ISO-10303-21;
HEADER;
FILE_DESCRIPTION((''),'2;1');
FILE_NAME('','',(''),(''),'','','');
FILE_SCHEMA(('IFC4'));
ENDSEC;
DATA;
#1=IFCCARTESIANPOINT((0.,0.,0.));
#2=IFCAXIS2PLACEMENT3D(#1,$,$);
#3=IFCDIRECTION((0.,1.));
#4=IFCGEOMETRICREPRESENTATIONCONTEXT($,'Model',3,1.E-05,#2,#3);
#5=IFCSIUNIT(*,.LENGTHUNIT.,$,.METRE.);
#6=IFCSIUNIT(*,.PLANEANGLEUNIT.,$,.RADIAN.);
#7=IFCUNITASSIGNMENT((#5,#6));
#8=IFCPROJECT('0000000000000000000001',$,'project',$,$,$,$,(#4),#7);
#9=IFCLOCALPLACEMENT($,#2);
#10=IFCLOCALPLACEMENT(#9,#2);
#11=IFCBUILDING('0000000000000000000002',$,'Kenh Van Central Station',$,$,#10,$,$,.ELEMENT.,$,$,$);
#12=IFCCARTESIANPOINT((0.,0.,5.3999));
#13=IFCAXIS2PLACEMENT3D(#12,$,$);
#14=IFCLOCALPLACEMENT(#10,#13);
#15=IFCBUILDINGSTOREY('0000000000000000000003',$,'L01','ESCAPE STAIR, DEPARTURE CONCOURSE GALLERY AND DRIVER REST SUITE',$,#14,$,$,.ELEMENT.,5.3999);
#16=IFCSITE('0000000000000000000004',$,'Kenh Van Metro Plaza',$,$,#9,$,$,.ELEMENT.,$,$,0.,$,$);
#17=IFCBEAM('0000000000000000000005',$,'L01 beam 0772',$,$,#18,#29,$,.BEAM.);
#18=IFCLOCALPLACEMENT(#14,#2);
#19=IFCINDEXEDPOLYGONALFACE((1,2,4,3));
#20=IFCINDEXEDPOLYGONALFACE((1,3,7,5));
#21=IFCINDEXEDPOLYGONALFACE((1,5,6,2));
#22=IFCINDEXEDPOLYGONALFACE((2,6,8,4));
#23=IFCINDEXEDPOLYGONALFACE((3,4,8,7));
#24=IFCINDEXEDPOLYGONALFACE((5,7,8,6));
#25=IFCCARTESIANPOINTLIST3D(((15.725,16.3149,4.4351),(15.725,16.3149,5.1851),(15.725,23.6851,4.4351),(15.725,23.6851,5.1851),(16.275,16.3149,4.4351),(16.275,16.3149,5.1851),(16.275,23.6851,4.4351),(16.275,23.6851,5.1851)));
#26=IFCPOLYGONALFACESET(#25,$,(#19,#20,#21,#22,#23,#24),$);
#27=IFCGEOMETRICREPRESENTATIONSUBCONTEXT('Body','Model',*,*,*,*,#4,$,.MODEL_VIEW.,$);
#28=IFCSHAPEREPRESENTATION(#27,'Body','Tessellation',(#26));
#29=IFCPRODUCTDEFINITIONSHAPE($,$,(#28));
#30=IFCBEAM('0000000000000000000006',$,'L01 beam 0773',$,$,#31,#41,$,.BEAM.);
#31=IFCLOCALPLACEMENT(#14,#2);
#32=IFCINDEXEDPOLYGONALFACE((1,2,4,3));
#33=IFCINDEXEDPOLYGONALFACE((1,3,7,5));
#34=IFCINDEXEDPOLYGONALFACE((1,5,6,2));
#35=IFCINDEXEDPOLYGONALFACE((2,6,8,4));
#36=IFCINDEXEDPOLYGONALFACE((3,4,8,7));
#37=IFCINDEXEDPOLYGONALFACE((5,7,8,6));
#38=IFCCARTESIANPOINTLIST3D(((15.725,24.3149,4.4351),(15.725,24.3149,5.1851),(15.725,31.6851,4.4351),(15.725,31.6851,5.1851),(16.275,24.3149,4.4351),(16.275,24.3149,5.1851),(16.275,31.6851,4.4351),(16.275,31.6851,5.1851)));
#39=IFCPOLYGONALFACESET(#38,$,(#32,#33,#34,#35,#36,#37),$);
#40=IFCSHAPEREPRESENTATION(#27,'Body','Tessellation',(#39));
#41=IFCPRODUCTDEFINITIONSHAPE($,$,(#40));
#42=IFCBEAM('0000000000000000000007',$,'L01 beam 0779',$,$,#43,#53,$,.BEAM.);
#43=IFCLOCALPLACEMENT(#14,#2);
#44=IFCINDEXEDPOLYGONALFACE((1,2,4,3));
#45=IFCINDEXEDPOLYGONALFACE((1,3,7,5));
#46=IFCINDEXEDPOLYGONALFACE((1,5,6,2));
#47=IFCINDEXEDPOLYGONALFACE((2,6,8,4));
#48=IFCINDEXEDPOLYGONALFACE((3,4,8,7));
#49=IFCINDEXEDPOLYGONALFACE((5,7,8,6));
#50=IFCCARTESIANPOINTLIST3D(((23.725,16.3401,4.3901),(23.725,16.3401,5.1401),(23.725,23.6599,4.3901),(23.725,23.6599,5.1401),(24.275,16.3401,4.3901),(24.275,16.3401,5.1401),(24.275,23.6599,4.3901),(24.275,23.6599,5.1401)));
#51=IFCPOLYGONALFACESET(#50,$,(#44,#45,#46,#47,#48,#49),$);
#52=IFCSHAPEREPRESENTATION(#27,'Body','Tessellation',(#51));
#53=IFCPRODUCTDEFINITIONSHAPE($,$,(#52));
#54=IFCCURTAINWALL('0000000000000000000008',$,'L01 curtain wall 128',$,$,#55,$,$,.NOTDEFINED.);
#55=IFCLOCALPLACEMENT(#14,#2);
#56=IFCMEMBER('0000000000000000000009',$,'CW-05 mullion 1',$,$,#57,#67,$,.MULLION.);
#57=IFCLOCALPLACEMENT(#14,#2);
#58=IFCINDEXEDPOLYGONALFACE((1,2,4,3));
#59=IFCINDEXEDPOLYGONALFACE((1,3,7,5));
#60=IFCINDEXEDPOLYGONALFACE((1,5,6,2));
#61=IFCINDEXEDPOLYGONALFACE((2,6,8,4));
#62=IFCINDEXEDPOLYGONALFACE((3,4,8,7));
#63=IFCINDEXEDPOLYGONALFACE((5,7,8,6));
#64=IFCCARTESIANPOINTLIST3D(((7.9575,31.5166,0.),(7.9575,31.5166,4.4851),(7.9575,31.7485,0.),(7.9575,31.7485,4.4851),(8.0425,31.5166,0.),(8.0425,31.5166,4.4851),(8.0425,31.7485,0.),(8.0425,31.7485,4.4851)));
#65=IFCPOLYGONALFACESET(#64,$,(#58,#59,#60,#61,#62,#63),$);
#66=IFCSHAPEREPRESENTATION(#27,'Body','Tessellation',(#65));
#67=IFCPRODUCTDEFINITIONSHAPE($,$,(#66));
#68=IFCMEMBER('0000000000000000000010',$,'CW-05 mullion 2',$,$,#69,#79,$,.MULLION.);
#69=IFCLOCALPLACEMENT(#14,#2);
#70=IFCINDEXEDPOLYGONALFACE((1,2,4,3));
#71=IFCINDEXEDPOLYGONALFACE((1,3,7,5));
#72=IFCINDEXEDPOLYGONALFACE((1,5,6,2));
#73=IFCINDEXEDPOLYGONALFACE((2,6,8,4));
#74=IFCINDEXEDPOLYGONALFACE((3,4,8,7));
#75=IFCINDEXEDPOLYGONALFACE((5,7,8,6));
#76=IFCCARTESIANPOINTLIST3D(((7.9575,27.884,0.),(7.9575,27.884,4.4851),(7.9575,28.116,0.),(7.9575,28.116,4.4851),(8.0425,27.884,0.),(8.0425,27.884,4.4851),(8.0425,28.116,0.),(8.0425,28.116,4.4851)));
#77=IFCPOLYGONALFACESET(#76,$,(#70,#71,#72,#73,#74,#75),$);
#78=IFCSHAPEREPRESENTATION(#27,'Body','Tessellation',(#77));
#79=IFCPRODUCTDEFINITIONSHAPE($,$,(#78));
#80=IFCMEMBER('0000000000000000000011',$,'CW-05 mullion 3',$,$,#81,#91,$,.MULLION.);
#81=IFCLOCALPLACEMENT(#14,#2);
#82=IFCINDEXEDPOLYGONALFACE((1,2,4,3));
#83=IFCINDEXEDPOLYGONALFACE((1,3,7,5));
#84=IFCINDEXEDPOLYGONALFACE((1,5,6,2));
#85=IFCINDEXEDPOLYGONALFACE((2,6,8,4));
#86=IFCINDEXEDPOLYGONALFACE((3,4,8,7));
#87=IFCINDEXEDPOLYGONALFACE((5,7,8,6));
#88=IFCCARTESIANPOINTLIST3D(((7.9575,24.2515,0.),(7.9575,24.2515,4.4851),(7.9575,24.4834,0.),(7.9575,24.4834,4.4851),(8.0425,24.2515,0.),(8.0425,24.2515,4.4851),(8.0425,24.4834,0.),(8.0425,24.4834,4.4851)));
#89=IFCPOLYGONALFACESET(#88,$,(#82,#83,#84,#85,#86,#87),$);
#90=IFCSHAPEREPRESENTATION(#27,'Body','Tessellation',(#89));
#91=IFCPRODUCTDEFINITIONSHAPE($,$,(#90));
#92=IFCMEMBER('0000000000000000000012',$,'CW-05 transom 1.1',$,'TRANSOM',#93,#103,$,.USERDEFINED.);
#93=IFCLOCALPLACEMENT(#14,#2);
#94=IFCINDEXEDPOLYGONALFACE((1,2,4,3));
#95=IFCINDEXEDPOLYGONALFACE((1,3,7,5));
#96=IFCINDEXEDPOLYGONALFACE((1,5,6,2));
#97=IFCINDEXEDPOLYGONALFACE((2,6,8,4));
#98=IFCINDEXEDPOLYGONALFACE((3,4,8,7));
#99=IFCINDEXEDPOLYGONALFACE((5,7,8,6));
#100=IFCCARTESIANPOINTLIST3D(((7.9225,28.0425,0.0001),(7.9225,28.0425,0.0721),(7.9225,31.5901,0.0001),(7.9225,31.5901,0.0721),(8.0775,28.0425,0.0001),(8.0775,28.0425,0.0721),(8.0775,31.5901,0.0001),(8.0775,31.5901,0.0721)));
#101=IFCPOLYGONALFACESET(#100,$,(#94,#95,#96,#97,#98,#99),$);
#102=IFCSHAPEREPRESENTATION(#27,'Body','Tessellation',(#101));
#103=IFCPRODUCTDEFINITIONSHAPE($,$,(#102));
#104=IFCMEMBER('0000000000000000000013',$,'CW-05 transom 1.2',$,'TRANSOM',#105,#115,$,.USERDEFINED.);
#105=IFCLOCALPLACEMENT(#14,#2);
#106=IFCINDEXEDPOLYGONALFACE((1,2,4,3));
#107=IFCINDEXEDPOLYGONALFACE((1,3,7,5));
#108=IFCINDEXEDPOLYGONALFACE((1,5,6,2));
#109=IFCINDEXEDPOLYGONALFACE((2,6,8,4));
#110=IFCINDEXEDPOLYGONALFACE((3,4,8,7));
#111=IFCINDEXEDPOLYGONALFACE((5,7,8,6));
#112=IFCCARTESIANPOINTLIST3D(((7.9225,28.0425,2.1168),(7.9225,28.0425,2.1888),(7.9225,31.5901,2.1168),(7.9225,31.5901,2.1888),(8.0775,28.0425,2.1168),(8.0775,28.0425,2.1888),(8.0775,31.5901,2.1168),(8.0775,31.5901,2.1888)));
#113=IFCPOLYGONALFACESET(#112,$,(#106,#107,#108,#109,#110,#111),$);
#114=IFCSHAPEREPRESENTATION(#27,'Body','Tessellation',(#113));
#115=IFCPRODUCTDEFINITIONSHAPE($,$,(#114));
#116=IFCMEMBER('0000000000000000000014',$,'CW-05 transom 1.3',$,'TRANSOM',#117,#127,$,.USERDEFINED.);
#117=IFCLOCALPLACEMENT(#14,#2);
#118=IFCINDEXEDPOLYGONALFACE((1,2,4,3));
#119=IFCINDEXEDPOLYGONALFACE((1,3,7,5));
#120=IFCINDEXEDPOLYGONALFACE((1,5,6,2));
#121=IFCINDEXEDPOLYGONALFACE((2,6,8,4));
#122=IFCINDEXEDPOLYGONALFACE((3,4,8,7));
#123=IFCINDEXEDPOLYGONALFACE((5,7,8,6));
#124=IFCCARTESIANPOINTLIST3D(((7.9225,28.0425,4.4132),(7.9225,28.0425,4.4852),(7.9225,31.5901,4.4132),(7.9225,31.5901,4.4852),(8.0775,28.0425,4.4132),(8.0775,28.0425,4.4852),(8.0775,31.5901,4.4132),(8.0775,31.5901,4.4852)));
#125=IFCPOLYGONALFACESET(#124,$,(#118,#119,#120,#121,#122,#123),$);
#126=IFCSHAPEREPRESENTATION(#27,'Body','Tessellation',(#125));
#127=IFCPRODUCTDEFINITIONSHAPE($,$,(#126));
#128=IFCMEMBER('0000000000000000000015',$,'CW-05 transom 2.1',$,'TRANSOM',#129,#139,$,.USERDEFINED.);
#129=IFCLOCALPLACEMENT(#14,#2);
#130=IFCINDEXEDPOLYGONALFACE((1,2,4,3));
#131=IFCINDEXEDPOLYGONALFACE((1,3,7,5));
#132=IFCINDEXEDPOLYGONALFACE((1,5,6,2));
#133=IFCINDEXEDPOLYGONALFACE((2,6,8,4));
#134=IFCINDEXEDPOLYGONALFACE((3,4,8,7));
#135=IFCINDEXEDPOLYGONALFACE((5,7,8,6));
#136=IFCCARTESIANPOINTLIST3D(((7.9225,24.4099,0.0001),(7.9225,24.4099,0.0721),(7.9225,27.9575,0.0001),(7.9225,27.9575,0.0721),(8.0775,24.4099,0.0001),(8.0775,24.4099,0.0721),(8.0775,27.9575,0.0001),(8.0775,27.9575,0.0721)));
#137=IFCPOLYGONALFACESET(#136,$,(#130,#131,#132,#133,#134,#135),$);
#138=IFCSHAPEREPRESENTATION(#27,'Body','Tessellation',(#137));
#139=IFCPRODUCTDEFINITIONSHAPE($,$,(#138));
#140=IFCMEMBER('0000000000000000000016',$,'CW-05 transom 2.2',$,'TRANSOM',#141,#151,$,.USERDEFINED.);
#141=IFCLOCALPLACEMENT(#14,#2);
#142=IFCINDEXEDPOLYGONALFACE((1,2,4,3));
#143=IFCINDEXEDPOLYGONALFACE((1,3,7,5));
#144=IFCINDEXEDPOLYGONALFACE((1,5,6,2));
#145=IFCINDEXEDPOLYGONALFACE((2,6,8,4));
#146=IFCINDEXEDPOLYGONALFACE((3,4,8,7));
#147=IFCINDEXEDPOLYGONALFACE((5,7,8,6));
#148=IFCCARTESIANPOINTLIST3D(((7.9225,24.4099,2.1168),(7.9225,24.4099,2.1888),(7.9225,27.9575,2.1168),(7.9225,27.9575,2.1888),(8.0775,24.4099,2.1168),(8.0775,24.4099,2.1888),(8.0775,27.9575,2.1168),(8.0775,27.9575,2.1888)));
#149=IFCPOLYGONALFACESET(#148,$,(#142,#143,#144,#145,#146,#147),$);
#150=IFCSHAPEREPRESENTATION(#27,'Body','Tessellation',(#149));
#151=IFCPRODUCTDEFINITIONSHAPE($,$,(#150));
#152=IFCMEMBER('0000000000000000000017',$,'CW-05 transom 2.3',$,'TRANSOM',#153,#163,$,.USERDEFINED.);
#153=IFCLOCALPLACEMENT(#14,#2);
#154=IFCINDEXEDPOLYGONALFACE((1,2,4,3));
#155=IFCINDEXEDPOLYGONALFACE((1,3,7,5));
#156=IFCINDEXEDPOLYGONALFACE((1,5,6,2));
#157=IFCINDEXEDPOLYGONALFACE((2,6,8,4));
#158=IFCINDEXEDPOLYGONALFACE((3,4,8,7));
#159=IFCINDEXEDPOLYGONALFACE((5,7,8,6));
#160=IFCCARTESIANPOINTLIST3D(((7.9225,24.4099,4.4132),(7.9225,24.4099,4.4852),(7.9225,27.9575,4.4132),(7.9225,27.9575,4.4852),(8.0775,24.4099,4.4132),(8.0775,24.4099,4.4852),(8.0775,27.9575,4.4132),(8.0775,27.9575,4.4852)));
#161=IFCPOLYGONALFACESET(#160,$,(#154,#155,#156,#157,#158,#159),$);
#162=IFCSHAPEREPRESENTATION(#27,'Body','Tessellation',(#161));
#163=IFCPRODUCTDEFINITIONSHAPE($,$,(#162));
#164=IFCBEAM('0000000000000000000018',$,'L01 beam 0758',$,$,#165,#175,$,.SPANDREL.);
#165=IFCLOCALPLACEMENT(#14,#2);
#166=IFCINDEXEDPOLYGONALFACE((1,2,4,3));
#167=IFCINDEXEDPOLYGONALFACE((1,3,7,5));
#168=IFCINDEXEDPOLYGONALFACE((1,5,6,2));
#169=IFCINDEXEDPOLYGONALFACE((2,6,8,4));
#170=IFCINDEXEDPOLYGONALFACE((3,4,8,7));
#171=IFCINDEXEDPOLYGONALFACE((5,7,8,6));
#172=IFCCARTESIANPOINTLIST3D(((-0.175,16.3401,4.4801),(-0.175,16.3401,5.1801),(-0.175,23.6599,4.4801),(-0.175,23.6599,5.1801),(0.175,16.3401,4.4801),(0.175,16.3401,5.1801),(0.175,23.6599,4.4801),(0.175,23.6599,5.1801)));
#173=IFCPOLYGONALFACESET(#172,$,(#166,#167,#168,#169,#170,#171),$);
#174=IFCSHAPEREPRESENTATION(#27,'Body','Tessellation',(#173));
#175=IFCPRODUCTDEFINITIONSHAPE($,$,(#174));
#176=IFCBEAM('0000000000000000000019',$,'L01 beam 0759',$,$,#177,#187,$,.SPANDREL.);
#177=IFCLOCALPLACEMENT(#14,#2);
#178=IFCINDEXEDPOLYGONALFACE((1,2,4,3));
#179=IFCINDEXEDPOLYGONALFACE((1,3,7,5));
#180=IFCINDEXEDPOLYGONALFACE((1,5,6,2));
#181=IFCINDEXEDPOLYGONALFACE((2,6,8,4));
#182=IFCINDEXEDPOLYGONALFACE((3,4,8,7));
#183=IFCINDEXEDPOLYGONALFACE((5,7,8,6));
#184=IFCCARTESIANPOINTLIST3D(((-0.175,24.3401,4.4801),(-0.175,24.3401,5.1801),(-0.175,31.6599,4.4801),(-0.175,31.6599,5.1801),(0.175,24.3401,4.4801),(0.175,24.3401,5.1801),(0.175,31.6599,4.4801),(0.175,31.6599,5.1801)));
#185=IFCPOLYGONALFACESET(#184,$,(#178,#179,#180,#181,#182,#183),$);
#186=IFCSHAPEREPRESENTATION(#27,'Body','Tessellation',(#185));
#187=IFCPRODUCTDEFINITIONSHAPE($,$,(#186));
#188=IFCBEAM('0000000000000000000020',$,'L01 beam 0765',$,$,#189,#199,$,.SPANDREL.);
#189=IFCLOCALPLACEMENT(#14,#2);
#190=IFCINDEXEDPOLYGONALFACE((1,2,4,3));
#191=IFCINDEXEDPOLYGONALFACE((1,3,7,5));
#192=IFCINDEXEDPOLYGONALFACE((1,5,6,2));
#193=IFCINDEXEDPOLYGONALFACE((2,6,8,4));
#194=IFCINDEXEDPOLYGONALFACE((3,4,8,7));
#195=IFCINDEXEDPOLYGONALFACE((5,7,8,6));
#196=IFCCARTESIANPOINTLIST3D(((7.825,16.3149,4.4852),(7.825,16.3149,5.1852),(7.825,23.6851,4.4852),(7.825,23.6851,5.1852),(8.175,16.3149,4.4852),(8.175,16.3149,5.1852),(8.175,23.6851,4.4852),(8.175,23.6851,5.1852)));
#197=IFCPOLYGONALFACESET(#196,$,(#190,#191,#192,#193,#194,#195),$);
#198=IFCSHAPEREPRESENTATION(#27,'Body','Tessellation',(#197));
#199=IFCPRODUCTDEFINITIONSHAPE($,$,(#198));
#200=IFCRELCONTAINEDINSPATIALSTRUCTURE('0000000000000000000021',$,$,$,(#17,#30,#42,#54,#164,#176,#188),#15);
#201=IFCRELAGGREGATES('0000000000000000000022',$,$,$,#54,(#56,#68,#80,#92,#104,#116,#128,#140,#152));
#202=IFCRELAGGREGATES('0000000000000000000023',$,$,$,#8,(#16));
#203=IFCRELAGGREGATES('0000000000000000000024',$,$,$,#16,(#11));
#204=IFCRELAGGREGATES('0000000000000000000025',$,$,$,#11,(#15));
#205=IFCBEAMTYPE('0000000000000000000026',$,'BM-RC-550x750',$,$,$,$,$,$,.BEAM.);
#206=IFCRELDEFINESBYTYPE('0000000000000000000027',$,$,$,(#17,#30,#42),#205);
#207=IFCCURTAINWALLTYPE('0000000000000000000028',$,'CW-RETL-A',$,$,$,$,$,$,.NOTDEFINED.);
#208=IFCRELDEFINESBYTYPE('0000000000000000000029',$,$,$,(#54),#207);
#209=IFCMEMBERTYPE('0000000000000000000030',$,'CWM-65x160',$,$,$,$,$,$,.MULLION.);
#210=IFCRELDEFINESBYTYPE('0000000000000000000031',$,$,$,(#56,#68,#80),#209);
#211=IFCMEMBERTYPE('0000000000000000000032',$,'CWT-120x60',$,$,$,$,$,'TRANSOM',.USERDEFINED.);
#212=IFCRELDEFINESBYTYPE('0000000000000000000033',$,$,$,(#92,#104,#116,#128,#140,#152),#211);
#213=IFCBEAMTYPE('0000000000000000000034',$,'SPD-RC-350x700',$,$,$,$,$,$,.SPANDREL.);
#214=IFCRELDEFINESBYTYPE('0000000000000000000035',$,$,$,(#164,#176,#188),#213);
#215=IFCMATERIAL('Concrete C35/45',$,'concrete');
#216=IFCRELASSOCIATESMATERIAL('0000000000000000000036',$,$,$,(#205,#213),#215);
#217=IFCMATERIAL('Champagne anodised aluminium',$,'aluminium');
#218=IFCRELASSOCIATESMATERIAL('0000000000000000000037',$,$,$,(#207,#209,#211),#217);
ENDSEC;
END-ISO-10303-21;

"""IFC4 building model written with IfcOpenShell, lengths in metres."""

from ifc_helpers import new_model, si_unit, direction, frame, origin, origin_2d, place, context, subcontext, project, spatial, rectangle, extrude, material, material_profile, profile_set, type_object, element, aggregate, save


model = new_model("IFC4")

# Units and contexts
model_context = context("Model", 3, precision=1e-05, world=origin(), true_north=direction((0.0, 1.0)))
body_context = subcontext(model_context, "Body", "Model", "MODEL_VIEW")
ifc_project = project(units=[si_unit("LENGTHUNIT", "METRE"), si_unit("PLANEANGLEUNIT", "RADIAN")], contexts=[model_context])

# Site, building, storey
site_placement = place(None, origin())
site = spatial("IfcSite", under=ifc_project, at=site_placement, Name="Kenh Van Metro Plaza", CompositionType="ELEMENT", RefElevation=0.0)
building_placement = place(site_placement, origin())
building = spatial("IfcBuilding", under=site, at=building_placement, Name="Kenh Van Central Station", CompositionType="ELEMENT")
storey_placement = place(building_placement, frame((0.0, 0.0, 5.3999)))
storey = spatial("IfcBuildingStorey", under=building, at=storey_placement, Name="L01", Description="ESCAPE STAIR, DEPARTURE CONCOURSE GALLERY AND DRIVER REST SUITE", CompositionType="ELEMENT", Elevation=5.3999)

# Shared definitions
ifc_material_1 = material(Name="Concrete C35/45", Category="concrete")

# Beams
ifc_material_profile_1 = material_profile(ifc_material_1, rectangle(XDim=0.55, YDim=0.75, at=origin_2d()), Name="RC 550x750")
ifc_profile_set_1 = profile_set([ifc_material_profile_1], Name="Concrete C35/45")
beam_type_1 = type_object("IfcBeamType", Name="BM-RC-550x750", PredefinedType="BEAM", material=ifc_profile_set_1)
for number, where, z_axis, x_axis, name in (
    (1, (16.0, 16.3149, 4.8101), (0.0, 1.0, 0.0), (-1.0, 0.0, 0.0), "L01 beam 0772"),
    (2, (16.0, 24.3149, 4.8101), (0.0, 1.0, 0.0), (-1.0, 0.0, 0.0), "L01 beam 0773"),
):
    element("IfcBeam", number, at=place(storey_placement, frame(where, z_axis=z_axis, x_axis=x_axis)), inside=storey, type_object=beam_type_1, Name=name, PredefinedType="BEAM", context=body_context, shape_type="SweptSolid", body=[
        extrude(rectangle(XDim=0.55, YDim=0.75, at=origin_2d()), origin(), (0.0, 0.0, 1.0), 7.3701),
    ])
beam_1_placement = place(storey_placement, frame((24.0, 16.3401, 4.7651), z_axis=(0.0, 1.0, 0.0), x_axis=(-1.0, 0.0, 0.0)))
element("IfcBeam", 3, at=beam_1_placement, inside=storey, type_object=beam_type_1, Name="L01 beam 0779", PredefinedType="BEAM", context=body_context, shape_type="SweptSolid", body=[
    extrude(rectangle(XDim=0.55, YDim=0.75, at=origin_2d()), origin(), (0.0, 0.0, 1.0), 7.3198),
])

# Curtain wall, members
ifc_material_2 = material(Name="Champagne anodised aluminium", Category="aluminium")
curtain_wall_type = type_object("IfcCurtainWallType", Name="CW-RETL-A", PredefinedType="NOTDEFINED", material=ifc_material_2)
curtain_wall_placement = place(storey_placement, origin())
curtain_wall = element("IfcCurtainWall", 4, at=curtain_wall_placement, inside=storey, type_object=curtain_wall_type, Name="L01 curtain wall 128", PredefinedType="NOTDEFINED")
ifc_material_profile_2 = material_profile(ifc_material_2, rectangle(XDim=0.085, YDim=0.2319, at=origin_2d()), Name="AL 85x232")
ifc_profile_set_2 = profile_set([ifc_material_profile_2], Name="Champagne anodised aluminium")
member_type_1 = type_object("IfcMemberType", Name="CWM-65x160", PredefinedType="MULLION", material=ifc_profile_set_2)
member_1_placement = place(storey_placement, frame((8.0, 31.6326, 0.0), z_axis=(0.0, 0.0, 1.0), x_axis=(1.0, 0.0, 0.0)))
member_1 = element("IfcMember", 5, at=member_1_placement, type_object=member_type_1, Name="CW-05 mullion 1", PredefinedType="MULLION", context=body_context, shape_type="SweptSolid", body=[
    extrude(rectangle(XDim=0.085, YDim=0.2319, at=origin_2d()), origin(), (0.0, 0.0, 1.0), 4.4851),
])
member_2_placement = place(storey_placement, frame((8.0, 28.0, 0.0), z_axis=(0.0, 0.0, 1.0), x_axis=(1.0, 0.0, 0.0)))
member_2 = element("IfcMember", 6, at=member_2_placement, type_object=member_type_1, Name="CW-05 mullion 2", PredefinedType="MULLION", context=body_context, shape_type="SweptSolid", body=[
    extrude(rectangle(XDim=0.085, YDim=0.2319, at=origin_2d()), origin(), (0.0, 0.0, 1.0), 4.4851),
])
member_3_placement = place(storey_placement, frame((8.0, 24.3674, 0.0), z_axis=(0.0, 0.0, 1.0), x_axis=(1.0, 0.0, 0.0)))
member_3 = element("IfcMember", 7, at=member_3_placement, type_object=member_type_1, Name="CW-05 mullion 3", PredefinedType="MULLION", context=body_context, shape_type="SweptSolid", body=[
    extrude(rectangle(XDim=0.085, YDim=0.2319, at=origin_2d()), origin(), (0.0, 0.0, 1.0), 4.4851),
])
ifc_material_profile_3 = material_profile(ifc_material_2, rectangle(XDim=0.155, YDim=0.072, at=origin_2d()), Name="AL 155x72")
ifc_profile_set_3 = profile_set([ifc_material_profile_3], Name="Champagne anodised aluminium")
member_type_2 = type_object("IfcMemberType", Name="CWT-120x60", ElementType="TRANSOM", PredefinedType="USERDEFINED", material=ifc_profile_set_3)
member_4_placement = place(storey_placement, frame((8.0, 31.5901, 0.0361), z_axis=(0.0, -1.0, 0.0), x_axis=(1.0, 0.0, 0.0)))
member_4 = element("IfcMember", 8, at=member_4_placement, type_object=member_type_2, Name="CW-05 transom 1.1", ObjectType="TRANSOM", PredefinedType="USERDEFINED", context=body_context, shape_type="SweptSolid", body=[
    extrude(rectangle(XDim=0.155, YDim=0.072, at=origin_2d()), origin(), (0.0, 0.0, 1.0), 3.5476),
])
member_5_placement = place(storey_placement, frame((8.0, 31.5901, 2.1528), z_axis=(0.0, -1.0, 0.0), x_axis=(1.0, 0.0, 0.0)))
member_5 = element("IfcMember", 9, at=member_5_placement, type_object=member_type_2, Name="CW-05 transom 1.2", ObjectType="TRANSOM", PredefinedType="USERDEFINED", context=body_context, shape_type="SweptSolid", body=[
    extrude(rectangle(XDim=0.155, YDim=0.072, at=origin_2d()), origin(), (0.0, 0.0, 1.0), 3.5476),
])
member_6_placement = place(storey_placement, frame((8.0, 31.5901, 4.4492), z_axis=(0.0, -1.0, 0.0), x_axis=(1.0, 0.0, 0.0)))
member_6 = element("IfcMember", 10, at=member_6_placement, type_object=member_type_2, Name="CW-05 transom 1.3", ObjectType="TRANSOM", PredefinedType="USERDEFINED", context=body_context, shape_type="SweptSolid", body=[
    extrude(rectangle(XDim=0.155, YDim=0.072, at=origin_2d()), origin(), (0.0, 0.0, 1.0), 3.5476),
])
member_7_placement = place(storey_placement, frame((8.0, 27.9575, 0.0361), z_axis=(0.0, -1.0, 0.0), x_axis=(1.0, 0.0, 0.0)))
member_7 = element("IfcMember", 11, at=member_7_placement, type_object=member_type_2, Name="CW-05 transom 2.1", ObjectType="TRANSOM", PredefinedType="USERDEFINED", context=body_context, shape_type="SweptSolid", body=[
    extrude(rectangle(XDim=0.155, YDim=0.072, at=origin_2d()), origin(), (0.0, 0.0, 1.0), 3.5476),
])
member_8_placement = place(storey_placement, frame((8.0, 27.9575, 2.1528), z_axis=(0.0, -1.0, 0.0), x_axis=(1.0, 0.0, 0.0)))
member_8 = element("IfcMember", 12, at=member_8_placement, type_object=member_type_2, Name="CW-05 transom 2.2", ObjectType="TRANSOM", PredefinedType="USERDEFINED", context=body_context, shape_type="SweptSolid", body=[
    extrude(rectangle(XDim=0.155, YDim=0.072, at=origin_2d()), origin(), (0.0, 0.0, 1.0), 3.5476),
])
member_9_placement = place(storey_placement, frame((8.0, 27.9575, 4.4492), z_axis=(0.0, -1.0, 0.0), x_axis=(1.0, 0.0, 0.0)))
member_9 = element("IfcMember", 13, at=member_9_placement, type_object=member_type_2, Name="CW-05 transom 2.3", ObjectType="TRANSOM", PredefinedType="USERDEFINED", context=body_context, shape_type="SweptSolid", body=[
    extrude(rectangle(XDim=0.155, YDim=0.072, at=origin_2d()), origin(), (0.0, 0.0, 1.0), 3.5476),
])

# Beams
ifc_material_profile_4 = material_profile(ifc_material_1, rectangle(XDim=0.3501, YDim=0.7, at=origin_2d()), Name="RC 350x700")
ifc_profile_set_4 = profile_set([ifc_material_profile_4], Name="Concrete C35/45")
beam_type_2 = type_object("IfcBeamType", Name="SPD-RC-350x700", PredefinedType="SPANDREL", material=ifc_profile_set_4)
for number, where, z_axis, x_axis, name in (
    (14, (0.0, 16.3401, 4.8301), (0.0, 1.0, 0.0), (-1.0, 0.0, 0.0), "L01 beam 0758"),
    (15, (0.0, 24.3401, 4.8301), (0.0, 1.0, 0.0), (-1.0, 0.0, 0.0), "L01 beam 0759"),
):
    element("IfcBeam", number, at=place(storey_placement, frame(where, z_axis=z_axis, x_axis=x_axis)), inside=storey, type_object=beam_type_2, Name=name, PredefinedType="SPANDREL", context=body_context, shape_type="SweptSolid", body=[
        extrude(rectangle(XDim=0.3501, YDim=0.7, at=origin_2d()), origin(), (0.0, 0.0, 1.0), 7.3198),
    ])
for number, where, z_axis, x_axis, name in (
    (16, (8.0, 16.3149, 4.8352), (0.0, 1.0, 0.0), (-1.0, 0.0, 0.0), "L01 beam 0765"),
):
    element("IfcBeam", number, at=place(storey_placement, frame(where, z_axis=z_axis, x_axis=x_axis)), inside=storey, type_object=beam_type_2, Name=name, PredefinedType="SPANDREL", context=body_context, shape_type="SweptSolid", body=[
        extrude(rectangle(XDim=0.3501, YDim=0.7, at=origin_2d()), origin(), (0.0, 0.0, 1.0), 7.3701),
    ])

aggregate(curtain_wall, [member_1, member_2, member_3, member_4, member_5, member_6, member_7, member_8, member_9])

save(model, "model.ifc")
